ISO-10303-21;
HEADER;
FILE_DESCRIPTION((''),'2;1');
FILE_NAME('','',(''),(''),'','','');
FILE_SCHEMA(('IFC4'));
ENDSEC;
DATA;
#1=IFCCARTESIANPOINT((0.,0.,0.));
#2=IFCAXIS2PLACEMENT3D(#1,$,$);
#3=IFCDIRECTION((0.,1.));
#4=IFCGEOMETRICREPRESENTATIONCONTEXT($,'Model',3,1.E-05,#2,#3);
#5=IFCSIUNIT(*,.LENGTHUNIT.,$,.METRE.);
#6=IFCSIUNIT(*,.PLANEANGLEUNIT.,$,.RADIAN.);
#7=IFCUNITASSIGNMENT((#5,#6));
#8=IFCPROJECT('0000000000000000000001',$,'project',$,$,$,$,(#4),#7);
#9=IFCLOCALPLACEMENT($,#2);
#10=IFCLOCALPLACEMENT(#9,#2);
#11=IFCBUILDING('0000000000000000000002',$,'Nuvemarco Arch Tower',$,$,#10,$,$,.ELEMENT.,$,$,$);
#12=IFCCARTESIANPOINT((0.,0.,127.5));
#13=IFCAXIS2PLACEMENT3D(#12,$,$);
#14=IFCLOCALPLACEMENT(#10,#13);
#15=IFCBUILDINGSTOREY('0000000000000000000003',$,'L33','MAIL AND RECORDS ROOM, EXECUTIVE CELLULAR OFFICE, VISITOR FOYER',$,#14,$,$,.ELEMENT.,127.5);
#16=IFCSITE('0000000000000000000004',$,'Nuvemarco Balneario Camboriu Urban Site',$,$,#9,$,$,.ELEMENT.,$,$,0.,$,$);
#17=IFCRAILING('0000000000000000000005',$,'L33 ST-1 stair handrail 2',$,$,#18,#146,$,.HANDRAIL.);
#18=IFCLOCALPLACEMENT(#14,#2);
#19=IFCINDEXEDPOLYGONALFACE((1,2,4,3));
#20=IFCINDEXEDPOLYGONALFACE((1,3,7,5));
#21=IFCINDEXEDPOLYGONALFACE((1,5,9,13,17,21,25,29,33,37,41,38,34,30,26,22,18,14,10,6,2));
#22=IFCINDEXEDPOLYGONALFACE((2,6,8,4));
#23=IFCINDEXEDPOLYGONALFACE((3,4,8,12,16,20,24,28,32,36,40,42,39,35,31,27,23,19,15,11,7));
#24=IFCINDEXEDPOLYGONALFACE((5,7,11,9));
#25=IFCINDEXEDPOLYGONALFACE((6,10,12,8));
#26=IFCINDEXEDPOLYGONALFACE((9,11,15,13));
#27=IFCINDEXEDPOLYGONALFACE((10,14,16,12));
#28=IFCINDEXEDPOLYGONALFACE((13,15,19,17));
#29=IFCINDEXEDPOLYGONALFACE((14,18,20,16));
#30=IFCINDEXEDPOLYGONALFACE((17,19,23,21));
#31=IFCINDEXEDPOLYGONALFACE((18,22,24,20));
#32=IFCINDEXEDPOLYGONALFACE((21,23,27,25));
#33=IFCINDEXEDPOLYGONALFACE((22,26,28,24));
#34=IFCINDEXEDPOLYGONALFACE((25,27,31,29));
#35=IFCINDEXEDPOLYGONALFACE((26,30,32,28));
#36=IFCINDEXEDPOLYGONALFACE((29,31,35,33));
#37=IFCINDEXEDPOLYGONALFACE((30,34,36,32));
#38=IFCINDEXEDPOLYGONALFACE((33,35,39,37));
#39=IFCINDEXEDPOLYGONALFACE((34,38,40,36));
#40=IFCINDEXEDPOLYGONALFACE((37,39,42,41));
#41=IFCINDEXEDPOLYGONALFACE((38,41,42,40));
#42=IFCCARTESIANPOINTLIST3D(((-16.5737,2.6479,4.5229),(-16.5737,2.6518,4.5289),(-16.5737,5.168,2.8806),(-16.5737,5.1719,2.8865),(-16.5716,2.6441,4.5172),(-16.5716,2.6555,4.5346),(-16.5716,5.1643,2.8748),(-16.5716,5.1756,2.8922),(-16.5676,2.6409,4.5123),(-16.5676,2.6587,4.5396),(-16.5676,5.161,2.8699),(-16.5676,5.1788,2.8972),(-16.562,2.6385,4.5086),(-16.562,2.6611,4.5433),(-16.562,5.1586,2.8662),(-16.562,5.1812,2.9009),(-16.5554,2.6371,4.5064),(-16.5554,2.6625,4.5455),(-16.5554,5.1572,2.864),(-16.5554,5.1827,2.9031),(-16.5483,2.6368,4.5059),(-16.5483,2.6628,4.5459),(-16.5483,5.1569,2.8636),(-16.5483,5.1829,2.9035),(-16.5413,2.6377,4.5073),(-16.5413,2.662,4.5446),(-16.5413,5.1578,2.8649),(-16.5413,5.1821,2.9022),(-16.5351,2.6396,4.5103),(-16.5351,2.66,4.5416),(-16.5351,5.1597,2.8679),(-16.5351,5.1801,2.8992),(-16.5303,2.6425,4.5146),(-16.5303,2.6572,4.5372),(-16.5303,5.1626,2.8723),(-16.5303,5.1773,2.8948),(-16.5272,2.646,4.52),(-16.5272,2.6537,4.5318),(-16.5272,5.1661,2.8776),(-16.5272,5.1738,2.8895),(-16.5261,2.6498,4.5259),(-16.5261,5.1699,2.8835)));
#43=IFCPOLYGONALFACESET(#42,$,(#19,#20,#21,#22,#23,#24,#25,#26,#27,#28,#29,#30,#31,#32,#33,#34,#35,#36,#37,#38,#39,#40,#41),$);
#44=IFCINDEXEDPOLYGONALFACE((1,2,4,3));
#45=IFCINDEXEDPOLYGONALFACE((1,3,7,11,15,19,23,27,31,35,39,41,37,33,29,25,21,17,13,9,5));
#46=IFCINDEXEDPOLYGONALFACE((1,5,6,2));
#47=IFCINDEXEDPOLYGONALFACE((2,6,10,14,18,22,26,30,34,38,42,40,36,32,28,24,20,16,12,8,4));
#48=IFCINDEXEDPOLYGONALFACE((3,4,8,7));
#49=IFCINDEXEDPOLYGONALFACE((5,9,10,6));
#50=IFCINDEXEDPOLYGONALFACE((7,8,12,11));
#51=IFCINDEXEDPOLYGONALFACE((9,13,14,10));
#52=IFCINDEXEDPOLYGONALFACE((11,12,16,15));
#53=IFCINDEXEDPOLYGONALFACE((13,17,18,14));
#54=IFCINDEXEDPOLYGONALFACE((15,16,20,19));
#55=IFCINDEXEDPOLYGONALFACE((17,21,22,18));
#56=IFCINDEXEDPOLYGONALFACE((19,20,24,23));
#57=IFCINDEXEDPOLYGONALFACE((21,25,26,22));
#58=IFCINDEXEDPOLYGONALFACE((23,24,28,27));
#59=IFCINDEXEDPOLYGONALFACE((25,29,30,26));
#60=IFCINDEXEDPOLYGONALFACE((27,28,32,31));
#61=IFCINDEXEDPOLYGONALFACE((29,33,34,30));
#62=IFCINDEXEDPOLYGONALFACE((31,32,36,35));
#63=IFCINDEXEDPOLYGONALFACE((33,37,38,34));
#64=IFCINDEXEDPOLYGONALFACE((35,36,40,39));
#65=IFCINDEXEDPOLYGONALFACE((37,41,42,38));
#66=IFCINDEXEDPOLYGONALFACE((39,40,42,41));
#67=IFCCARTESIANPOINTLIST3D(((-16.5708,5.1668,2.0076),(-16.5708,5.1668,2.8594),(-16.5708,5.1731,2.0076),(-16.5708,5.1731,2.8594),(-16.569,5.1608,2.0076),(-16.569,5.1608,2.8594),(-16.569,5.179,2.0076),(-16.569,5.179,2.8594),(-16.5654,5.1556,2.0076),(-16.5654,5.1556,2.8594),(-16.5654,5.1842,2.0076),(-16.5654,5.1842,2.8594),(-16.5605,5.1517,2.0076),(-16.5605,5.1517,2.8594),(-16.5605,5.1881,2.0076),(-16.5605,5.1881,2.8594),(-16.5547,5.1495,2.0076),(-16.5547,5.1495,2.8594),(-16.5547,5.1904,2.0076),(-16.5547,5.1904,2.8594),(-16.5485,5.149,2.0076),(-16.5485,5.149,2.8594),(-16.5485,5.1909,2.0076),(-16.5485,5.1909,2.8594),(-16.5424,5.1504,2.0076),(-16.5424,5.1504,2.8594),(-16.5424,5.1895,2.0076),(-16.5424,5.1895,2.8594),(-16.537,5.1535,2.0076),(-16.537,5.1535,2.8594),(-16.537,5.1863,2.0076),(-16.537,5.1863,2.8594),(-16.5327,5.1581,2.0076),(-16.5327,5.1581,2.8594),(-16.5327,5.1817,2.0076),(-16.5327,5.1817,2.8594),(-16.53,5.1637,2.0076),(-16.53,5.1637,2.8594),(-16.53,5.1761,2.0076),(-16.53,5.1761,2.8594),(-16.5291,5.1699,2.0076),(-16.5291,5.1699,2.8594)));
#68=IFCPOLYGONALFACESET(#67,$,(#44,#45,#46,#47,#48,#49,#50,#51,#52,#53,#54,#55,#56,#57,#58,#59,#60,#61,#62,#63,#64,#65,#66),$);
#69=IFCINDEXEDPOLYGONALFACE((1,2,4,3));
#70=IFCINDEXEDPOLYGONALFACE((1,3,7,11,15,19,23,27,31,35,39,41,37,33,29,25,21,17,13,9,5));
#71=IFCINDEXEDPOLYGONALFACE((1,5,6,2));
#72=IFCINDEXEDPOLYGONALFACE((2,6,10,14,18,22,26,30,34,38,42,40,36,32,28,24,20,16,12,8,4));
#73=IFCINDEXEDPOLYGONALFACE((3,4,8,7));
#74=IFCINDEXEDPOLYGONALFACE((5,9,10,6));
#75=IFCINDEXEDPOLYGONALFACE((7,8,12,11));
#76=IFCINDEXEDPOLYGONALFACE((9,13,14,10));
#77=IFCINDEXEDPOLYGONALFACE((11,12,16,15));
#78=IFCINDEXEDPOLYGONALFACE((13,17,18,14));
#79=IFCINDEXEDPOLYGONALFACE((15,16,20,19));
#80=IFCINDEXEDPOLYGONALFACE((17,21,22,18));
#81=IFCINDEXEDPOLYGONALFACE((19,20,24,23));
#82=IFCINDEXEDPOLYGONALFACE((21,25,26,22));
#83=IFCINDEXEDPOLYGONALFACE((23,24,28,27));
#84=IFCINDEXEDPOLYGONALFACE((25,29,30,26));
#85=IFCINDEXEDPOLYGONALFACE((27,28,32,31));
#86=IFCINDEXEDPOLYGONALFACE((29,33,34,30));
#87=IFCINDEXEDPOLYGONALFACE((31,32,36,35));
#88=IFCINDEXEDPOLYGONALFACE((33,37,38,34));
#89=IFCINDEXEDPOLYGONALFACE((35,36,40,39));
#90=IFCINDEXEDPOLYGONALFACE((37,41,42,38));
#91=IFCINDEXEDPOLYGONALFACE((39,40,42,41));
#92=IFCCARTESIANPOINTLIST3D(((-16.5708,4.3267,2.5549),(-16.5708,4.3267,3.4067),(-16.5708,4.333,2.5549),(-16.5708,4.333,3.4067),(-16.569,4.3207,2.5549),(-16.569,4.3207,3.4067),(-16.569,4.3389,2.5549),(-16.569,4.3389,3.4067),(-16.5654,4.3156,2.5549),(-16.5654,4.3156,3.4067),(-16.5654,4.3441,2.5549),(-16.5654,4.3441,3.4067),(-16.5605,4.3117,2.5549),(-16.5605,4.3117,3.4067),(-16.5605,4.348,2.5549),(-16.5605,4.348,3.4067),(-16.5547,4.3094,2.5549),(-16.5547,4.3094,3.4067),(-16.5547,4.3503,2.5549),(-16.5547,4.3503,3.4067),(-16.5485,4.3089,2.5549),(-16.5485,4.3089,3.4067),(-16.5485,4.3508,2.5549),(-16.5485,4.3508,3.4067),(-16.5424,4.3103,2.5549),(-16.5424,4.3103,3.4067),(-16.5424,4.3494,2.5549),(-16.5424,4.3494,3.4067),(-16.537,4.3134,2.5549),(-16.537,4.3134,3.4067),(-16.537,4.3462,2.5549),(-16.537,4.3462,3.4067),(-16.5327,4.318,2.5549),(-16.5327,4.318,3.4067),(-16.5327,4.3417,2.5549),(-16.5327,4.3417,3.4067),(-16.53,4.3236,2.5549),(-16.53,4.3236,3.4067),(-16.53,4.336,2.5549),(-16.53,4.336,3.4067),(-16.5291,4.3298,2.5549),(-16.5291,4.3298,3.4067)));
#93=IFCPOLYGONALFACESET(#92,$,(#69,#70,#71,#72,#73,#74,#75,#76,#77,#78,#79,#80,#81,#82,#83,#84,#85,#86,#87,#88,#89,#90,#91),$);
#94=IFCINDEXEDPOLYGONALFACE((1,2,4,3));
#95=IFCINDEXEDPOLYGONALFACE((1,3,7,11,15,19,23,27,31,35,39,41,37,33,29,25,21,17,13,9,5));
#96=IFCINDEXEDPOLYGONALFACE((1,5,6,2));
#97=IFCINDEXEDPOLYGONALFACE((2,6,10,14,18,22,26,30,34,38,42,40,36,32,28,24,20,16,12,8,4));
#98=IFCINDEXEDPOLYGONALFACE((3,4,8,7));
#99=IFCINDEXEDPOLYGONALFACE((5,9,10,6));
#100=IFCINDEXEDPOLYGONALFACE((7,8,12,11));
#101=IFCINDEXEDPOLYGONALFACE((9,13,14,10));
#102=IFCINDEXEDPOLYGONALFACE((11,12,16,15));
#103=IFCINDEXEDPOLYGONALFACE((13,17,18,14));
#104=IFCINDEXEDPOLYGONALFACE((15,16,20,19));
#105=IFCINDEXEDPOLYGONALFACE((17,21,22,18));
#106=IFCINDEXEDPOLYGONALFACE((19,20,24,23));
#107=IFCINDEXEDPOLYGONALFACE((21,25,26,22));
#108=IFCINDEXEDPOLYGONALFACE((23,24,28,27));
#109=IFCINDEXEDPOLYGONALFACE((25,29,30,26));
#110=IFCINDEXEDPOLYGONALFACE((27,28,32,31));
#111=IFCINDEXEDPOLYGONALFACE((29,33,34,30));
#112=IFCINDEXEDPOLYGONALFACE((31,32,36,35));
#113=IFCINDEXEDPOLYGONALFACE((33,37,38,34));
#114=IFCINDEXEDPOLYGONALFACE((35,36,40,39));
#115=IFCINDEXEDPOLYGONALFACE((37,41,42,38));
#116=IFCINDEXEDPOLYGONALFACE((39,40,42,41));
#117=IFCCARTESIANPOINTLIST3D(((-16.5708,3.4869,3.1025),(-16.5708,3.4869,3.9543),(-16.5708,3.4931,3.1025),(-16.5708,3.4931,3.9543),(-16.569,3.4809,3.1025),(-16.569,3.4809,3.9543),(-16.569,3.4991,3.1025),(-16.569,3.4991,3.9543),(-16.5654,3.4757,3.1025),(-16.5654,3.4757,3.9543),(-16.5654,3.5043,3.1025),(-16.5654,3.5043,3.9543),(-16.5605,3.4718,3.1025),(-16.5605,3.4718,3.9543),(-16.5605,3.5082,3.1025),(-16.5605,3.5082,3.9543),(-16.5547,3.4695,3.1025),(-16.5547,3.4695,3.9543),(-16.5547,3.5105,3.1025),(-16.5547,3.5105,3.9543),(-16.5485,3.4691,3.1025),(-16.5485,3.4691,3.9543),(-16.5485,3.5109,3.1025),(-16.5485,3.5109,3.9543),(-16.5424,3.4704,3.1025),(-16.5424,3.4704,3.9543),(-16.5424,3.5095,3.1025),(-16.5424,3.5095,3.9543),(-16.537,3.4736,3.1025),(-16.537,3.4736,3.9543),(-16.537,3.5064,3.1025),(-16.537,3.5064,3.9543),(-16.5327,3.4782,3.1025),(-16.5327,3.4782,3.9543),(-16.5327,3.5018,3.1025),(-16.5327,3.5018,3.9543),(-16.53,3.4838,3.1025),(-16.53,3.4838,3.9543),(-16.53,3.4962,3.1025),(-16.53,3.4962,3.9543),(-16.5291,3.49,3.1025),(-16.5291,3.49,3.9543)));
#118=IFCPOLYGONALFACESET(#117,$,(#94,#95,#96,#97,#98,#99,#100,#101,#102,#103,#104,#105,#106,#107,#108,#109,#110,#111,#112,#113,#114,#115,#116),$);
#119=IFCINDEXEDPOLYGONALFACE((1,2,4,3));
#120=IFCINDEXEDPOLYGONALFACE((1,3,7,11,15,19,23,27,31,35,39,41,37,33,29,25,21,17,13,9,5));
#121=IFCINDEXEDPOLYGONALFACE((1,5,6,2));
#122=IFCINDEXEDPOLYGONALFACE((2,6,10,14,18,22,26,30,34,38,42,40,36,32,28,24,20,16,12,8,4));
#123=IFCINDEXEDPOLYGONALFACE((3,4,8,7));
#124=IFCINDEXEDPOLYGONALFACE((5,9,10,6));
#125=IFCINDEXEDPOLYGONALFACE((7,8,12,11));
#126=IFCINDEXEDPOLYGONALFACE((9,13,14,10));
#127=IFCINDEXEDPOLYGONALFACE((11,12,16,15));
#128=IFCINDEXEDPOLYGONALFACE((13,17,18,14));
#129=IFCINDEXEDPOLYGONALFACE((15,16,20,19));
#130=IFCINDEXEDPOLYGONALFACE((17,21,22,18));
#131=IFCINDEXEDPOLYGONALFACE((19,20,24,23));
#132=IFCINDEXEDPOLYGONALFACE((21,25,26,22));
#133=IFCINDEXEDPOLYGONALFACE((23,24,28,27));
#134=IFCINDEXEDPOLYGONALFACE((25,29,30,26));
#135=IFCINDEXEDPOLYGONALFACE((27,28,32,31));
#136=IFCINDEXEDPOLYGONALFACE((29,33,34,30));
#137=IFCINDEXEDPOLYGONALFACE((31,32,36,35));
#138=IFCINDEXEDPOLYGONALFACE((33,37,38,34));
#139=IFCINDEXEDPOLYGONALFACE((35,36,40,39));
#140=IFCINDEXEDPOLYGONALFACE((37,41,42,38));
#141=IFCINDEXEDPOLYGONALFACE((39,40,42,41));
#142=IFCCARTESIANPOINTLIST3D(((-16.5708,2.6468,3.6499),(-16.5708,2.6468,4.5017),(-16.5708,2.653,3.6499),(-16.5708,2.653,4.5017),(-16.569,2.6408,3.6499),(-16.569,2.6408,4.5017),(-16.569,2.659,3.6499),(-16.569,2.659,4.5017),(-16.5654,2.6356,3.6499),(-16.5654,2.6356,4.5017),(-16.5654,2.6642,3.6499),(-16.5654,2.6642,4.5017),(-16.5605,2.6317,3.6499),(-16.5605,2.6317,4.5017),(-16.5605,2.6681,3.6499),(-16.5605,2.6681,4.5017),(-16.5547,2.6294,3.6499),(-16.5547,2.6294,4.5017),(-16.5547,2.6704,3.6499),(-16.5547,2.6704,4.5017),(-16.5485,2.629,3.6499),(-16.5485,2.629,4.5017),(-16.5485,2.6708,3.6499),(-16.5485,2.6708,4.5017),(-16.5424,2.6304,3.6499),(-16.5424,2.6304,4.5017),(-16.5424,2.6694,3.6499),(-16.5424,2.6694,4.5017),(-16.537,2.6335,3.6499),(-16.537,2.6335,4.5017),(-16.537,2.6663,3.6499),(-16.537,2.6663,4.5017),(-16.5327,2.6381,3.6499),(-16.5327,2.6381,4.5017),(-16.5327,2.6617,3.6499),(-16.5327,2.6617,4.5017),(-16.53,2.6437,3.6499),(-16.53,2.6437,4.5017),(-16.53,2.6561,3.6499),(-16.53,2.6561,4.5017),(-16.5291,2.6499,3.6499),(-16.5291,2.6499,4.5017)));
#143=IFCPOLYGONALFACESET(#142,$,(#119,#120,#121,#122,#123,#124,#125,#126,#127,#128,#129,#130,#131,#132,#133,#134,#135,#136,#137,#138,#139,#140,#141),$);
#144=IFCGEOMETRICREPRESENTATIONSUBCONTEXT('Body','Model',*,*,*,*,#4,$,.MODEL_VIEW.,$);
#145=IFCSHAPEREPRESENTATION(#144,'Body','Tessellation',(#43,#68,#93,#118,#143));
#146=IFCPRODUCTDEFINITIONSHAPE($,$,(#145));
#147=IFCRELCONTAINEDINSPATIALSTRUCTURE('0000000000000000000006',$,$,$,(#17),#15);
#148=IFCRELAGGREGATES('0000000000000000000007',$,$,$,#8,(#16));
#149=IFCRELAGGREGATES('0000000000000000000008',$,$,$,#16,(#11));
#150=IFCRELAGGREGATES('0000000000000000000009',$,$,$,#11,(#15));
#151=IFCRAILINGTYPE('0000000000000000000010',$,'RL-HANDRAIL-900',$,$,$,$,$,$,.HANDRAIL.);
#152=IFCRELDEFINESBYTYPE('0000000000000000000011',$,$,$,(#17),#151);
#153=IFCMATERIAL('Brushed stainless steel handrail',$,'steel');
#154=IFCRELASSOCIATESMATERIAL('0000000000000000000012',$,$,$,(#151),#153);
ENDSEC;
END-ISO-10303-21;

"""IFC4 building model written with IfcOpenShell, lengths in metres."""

from ifc_helpers import new_model, si_unit, direction, frame, origin, origin_2d, place, context, subcontext, project, spatial, circle, extrude, material, type_object, element, save


model = new_model("IFC4")

# Units and contexts
model_context = context("Model", 3, precision=1e-05, world=origin(), true_north=direction((0.0, 1.0)))
body_context = subcontext(model_context, "Body", "Model", "MODEL_VIEW")
ifc_project = project(units=[si_unit("LENGTHUNIT", "METRE"), si_unit("PLANEANGLEUNIT", "RADIAN")], contexts=[model_context])

# Site, building, storey
site_placement = place(None, origin())
site = spatial("IfcSite", under=ifc_project, at=site_placement, Name="Nuvemarco Balneario Camboriu Urban Site", CompositionType="ELEMENT", RefElevation=0.0)
building_placement = place(site_placement, origin())
building = spatial("IfcBuilding", under=site, at=building_placement, Name="Nuvemarco Arch Tower", CompositionType="ELEMENT")
storey_placement = place(building_placement, frame((0.0, 0.0, 127.5)))
storey = spatial("IfcBuildingStorey", under=building, at=storey_placement, Name="L33", Description="MAIL AND RECORDS ROOM, EXECUTIVE CELLULAR OFFICE, VISITOR FOYER", CompositionType="ELEMENT", Elevation=127.5)

# Railing
ifc_material_1 = material(Name="Brushed stainless steel handrail", Category="steel")
railing_type_1 = type_object("IfcRailingType", Name="RL-HANDRAIL-900", PredefinedType="HANDRAIL", material=ifc_material_1)
railing_1_placement = place(storey_placement, frame((-16.55, 5.1699, 2.0076)))
element("IfcRailing", 1, at=railing_1_placement, inside=storey, type_object=railing_type_1, Name="L33 ST-1 stair handrail 2", PredefinedType="HANDRAIL", context=body_context, shape_type="SweptSolid", body=[
    extrude(circle(Radius=0.0239, at=origin_2d()), frame((0.0, 0.0, 0.876), z_axis=(0.0, -0.837787, 0.545998), x_axis=(1.0, 0.0, 0.0)), (0.0, 0.0, 1.0), 3.0081),
    extrude(circle(Radius=0.021, at=origin_2d()), origin(), (0.0, 0.0, 1.0), 0.8518),
    extrude(circle(Radius=0.021, at=origin_2d()), frame((0.0, -0.8401, 0.5474)), (0.0, 0.0, 1.0), 0.8518),
    extrude(circle(Radius=0.021, at=origin_2d()), frame((0.0, -1.6799, 1.095)), (0.0, 0.0, 1.0), 0.8518),
    extrude(circle(Radius=0.021, at=origin_2d()), frame((0.0, -2.52, 1.6423)), (0.0, 0.0, 1.0), 0.8518),
])

save(model, "model.ifc")
